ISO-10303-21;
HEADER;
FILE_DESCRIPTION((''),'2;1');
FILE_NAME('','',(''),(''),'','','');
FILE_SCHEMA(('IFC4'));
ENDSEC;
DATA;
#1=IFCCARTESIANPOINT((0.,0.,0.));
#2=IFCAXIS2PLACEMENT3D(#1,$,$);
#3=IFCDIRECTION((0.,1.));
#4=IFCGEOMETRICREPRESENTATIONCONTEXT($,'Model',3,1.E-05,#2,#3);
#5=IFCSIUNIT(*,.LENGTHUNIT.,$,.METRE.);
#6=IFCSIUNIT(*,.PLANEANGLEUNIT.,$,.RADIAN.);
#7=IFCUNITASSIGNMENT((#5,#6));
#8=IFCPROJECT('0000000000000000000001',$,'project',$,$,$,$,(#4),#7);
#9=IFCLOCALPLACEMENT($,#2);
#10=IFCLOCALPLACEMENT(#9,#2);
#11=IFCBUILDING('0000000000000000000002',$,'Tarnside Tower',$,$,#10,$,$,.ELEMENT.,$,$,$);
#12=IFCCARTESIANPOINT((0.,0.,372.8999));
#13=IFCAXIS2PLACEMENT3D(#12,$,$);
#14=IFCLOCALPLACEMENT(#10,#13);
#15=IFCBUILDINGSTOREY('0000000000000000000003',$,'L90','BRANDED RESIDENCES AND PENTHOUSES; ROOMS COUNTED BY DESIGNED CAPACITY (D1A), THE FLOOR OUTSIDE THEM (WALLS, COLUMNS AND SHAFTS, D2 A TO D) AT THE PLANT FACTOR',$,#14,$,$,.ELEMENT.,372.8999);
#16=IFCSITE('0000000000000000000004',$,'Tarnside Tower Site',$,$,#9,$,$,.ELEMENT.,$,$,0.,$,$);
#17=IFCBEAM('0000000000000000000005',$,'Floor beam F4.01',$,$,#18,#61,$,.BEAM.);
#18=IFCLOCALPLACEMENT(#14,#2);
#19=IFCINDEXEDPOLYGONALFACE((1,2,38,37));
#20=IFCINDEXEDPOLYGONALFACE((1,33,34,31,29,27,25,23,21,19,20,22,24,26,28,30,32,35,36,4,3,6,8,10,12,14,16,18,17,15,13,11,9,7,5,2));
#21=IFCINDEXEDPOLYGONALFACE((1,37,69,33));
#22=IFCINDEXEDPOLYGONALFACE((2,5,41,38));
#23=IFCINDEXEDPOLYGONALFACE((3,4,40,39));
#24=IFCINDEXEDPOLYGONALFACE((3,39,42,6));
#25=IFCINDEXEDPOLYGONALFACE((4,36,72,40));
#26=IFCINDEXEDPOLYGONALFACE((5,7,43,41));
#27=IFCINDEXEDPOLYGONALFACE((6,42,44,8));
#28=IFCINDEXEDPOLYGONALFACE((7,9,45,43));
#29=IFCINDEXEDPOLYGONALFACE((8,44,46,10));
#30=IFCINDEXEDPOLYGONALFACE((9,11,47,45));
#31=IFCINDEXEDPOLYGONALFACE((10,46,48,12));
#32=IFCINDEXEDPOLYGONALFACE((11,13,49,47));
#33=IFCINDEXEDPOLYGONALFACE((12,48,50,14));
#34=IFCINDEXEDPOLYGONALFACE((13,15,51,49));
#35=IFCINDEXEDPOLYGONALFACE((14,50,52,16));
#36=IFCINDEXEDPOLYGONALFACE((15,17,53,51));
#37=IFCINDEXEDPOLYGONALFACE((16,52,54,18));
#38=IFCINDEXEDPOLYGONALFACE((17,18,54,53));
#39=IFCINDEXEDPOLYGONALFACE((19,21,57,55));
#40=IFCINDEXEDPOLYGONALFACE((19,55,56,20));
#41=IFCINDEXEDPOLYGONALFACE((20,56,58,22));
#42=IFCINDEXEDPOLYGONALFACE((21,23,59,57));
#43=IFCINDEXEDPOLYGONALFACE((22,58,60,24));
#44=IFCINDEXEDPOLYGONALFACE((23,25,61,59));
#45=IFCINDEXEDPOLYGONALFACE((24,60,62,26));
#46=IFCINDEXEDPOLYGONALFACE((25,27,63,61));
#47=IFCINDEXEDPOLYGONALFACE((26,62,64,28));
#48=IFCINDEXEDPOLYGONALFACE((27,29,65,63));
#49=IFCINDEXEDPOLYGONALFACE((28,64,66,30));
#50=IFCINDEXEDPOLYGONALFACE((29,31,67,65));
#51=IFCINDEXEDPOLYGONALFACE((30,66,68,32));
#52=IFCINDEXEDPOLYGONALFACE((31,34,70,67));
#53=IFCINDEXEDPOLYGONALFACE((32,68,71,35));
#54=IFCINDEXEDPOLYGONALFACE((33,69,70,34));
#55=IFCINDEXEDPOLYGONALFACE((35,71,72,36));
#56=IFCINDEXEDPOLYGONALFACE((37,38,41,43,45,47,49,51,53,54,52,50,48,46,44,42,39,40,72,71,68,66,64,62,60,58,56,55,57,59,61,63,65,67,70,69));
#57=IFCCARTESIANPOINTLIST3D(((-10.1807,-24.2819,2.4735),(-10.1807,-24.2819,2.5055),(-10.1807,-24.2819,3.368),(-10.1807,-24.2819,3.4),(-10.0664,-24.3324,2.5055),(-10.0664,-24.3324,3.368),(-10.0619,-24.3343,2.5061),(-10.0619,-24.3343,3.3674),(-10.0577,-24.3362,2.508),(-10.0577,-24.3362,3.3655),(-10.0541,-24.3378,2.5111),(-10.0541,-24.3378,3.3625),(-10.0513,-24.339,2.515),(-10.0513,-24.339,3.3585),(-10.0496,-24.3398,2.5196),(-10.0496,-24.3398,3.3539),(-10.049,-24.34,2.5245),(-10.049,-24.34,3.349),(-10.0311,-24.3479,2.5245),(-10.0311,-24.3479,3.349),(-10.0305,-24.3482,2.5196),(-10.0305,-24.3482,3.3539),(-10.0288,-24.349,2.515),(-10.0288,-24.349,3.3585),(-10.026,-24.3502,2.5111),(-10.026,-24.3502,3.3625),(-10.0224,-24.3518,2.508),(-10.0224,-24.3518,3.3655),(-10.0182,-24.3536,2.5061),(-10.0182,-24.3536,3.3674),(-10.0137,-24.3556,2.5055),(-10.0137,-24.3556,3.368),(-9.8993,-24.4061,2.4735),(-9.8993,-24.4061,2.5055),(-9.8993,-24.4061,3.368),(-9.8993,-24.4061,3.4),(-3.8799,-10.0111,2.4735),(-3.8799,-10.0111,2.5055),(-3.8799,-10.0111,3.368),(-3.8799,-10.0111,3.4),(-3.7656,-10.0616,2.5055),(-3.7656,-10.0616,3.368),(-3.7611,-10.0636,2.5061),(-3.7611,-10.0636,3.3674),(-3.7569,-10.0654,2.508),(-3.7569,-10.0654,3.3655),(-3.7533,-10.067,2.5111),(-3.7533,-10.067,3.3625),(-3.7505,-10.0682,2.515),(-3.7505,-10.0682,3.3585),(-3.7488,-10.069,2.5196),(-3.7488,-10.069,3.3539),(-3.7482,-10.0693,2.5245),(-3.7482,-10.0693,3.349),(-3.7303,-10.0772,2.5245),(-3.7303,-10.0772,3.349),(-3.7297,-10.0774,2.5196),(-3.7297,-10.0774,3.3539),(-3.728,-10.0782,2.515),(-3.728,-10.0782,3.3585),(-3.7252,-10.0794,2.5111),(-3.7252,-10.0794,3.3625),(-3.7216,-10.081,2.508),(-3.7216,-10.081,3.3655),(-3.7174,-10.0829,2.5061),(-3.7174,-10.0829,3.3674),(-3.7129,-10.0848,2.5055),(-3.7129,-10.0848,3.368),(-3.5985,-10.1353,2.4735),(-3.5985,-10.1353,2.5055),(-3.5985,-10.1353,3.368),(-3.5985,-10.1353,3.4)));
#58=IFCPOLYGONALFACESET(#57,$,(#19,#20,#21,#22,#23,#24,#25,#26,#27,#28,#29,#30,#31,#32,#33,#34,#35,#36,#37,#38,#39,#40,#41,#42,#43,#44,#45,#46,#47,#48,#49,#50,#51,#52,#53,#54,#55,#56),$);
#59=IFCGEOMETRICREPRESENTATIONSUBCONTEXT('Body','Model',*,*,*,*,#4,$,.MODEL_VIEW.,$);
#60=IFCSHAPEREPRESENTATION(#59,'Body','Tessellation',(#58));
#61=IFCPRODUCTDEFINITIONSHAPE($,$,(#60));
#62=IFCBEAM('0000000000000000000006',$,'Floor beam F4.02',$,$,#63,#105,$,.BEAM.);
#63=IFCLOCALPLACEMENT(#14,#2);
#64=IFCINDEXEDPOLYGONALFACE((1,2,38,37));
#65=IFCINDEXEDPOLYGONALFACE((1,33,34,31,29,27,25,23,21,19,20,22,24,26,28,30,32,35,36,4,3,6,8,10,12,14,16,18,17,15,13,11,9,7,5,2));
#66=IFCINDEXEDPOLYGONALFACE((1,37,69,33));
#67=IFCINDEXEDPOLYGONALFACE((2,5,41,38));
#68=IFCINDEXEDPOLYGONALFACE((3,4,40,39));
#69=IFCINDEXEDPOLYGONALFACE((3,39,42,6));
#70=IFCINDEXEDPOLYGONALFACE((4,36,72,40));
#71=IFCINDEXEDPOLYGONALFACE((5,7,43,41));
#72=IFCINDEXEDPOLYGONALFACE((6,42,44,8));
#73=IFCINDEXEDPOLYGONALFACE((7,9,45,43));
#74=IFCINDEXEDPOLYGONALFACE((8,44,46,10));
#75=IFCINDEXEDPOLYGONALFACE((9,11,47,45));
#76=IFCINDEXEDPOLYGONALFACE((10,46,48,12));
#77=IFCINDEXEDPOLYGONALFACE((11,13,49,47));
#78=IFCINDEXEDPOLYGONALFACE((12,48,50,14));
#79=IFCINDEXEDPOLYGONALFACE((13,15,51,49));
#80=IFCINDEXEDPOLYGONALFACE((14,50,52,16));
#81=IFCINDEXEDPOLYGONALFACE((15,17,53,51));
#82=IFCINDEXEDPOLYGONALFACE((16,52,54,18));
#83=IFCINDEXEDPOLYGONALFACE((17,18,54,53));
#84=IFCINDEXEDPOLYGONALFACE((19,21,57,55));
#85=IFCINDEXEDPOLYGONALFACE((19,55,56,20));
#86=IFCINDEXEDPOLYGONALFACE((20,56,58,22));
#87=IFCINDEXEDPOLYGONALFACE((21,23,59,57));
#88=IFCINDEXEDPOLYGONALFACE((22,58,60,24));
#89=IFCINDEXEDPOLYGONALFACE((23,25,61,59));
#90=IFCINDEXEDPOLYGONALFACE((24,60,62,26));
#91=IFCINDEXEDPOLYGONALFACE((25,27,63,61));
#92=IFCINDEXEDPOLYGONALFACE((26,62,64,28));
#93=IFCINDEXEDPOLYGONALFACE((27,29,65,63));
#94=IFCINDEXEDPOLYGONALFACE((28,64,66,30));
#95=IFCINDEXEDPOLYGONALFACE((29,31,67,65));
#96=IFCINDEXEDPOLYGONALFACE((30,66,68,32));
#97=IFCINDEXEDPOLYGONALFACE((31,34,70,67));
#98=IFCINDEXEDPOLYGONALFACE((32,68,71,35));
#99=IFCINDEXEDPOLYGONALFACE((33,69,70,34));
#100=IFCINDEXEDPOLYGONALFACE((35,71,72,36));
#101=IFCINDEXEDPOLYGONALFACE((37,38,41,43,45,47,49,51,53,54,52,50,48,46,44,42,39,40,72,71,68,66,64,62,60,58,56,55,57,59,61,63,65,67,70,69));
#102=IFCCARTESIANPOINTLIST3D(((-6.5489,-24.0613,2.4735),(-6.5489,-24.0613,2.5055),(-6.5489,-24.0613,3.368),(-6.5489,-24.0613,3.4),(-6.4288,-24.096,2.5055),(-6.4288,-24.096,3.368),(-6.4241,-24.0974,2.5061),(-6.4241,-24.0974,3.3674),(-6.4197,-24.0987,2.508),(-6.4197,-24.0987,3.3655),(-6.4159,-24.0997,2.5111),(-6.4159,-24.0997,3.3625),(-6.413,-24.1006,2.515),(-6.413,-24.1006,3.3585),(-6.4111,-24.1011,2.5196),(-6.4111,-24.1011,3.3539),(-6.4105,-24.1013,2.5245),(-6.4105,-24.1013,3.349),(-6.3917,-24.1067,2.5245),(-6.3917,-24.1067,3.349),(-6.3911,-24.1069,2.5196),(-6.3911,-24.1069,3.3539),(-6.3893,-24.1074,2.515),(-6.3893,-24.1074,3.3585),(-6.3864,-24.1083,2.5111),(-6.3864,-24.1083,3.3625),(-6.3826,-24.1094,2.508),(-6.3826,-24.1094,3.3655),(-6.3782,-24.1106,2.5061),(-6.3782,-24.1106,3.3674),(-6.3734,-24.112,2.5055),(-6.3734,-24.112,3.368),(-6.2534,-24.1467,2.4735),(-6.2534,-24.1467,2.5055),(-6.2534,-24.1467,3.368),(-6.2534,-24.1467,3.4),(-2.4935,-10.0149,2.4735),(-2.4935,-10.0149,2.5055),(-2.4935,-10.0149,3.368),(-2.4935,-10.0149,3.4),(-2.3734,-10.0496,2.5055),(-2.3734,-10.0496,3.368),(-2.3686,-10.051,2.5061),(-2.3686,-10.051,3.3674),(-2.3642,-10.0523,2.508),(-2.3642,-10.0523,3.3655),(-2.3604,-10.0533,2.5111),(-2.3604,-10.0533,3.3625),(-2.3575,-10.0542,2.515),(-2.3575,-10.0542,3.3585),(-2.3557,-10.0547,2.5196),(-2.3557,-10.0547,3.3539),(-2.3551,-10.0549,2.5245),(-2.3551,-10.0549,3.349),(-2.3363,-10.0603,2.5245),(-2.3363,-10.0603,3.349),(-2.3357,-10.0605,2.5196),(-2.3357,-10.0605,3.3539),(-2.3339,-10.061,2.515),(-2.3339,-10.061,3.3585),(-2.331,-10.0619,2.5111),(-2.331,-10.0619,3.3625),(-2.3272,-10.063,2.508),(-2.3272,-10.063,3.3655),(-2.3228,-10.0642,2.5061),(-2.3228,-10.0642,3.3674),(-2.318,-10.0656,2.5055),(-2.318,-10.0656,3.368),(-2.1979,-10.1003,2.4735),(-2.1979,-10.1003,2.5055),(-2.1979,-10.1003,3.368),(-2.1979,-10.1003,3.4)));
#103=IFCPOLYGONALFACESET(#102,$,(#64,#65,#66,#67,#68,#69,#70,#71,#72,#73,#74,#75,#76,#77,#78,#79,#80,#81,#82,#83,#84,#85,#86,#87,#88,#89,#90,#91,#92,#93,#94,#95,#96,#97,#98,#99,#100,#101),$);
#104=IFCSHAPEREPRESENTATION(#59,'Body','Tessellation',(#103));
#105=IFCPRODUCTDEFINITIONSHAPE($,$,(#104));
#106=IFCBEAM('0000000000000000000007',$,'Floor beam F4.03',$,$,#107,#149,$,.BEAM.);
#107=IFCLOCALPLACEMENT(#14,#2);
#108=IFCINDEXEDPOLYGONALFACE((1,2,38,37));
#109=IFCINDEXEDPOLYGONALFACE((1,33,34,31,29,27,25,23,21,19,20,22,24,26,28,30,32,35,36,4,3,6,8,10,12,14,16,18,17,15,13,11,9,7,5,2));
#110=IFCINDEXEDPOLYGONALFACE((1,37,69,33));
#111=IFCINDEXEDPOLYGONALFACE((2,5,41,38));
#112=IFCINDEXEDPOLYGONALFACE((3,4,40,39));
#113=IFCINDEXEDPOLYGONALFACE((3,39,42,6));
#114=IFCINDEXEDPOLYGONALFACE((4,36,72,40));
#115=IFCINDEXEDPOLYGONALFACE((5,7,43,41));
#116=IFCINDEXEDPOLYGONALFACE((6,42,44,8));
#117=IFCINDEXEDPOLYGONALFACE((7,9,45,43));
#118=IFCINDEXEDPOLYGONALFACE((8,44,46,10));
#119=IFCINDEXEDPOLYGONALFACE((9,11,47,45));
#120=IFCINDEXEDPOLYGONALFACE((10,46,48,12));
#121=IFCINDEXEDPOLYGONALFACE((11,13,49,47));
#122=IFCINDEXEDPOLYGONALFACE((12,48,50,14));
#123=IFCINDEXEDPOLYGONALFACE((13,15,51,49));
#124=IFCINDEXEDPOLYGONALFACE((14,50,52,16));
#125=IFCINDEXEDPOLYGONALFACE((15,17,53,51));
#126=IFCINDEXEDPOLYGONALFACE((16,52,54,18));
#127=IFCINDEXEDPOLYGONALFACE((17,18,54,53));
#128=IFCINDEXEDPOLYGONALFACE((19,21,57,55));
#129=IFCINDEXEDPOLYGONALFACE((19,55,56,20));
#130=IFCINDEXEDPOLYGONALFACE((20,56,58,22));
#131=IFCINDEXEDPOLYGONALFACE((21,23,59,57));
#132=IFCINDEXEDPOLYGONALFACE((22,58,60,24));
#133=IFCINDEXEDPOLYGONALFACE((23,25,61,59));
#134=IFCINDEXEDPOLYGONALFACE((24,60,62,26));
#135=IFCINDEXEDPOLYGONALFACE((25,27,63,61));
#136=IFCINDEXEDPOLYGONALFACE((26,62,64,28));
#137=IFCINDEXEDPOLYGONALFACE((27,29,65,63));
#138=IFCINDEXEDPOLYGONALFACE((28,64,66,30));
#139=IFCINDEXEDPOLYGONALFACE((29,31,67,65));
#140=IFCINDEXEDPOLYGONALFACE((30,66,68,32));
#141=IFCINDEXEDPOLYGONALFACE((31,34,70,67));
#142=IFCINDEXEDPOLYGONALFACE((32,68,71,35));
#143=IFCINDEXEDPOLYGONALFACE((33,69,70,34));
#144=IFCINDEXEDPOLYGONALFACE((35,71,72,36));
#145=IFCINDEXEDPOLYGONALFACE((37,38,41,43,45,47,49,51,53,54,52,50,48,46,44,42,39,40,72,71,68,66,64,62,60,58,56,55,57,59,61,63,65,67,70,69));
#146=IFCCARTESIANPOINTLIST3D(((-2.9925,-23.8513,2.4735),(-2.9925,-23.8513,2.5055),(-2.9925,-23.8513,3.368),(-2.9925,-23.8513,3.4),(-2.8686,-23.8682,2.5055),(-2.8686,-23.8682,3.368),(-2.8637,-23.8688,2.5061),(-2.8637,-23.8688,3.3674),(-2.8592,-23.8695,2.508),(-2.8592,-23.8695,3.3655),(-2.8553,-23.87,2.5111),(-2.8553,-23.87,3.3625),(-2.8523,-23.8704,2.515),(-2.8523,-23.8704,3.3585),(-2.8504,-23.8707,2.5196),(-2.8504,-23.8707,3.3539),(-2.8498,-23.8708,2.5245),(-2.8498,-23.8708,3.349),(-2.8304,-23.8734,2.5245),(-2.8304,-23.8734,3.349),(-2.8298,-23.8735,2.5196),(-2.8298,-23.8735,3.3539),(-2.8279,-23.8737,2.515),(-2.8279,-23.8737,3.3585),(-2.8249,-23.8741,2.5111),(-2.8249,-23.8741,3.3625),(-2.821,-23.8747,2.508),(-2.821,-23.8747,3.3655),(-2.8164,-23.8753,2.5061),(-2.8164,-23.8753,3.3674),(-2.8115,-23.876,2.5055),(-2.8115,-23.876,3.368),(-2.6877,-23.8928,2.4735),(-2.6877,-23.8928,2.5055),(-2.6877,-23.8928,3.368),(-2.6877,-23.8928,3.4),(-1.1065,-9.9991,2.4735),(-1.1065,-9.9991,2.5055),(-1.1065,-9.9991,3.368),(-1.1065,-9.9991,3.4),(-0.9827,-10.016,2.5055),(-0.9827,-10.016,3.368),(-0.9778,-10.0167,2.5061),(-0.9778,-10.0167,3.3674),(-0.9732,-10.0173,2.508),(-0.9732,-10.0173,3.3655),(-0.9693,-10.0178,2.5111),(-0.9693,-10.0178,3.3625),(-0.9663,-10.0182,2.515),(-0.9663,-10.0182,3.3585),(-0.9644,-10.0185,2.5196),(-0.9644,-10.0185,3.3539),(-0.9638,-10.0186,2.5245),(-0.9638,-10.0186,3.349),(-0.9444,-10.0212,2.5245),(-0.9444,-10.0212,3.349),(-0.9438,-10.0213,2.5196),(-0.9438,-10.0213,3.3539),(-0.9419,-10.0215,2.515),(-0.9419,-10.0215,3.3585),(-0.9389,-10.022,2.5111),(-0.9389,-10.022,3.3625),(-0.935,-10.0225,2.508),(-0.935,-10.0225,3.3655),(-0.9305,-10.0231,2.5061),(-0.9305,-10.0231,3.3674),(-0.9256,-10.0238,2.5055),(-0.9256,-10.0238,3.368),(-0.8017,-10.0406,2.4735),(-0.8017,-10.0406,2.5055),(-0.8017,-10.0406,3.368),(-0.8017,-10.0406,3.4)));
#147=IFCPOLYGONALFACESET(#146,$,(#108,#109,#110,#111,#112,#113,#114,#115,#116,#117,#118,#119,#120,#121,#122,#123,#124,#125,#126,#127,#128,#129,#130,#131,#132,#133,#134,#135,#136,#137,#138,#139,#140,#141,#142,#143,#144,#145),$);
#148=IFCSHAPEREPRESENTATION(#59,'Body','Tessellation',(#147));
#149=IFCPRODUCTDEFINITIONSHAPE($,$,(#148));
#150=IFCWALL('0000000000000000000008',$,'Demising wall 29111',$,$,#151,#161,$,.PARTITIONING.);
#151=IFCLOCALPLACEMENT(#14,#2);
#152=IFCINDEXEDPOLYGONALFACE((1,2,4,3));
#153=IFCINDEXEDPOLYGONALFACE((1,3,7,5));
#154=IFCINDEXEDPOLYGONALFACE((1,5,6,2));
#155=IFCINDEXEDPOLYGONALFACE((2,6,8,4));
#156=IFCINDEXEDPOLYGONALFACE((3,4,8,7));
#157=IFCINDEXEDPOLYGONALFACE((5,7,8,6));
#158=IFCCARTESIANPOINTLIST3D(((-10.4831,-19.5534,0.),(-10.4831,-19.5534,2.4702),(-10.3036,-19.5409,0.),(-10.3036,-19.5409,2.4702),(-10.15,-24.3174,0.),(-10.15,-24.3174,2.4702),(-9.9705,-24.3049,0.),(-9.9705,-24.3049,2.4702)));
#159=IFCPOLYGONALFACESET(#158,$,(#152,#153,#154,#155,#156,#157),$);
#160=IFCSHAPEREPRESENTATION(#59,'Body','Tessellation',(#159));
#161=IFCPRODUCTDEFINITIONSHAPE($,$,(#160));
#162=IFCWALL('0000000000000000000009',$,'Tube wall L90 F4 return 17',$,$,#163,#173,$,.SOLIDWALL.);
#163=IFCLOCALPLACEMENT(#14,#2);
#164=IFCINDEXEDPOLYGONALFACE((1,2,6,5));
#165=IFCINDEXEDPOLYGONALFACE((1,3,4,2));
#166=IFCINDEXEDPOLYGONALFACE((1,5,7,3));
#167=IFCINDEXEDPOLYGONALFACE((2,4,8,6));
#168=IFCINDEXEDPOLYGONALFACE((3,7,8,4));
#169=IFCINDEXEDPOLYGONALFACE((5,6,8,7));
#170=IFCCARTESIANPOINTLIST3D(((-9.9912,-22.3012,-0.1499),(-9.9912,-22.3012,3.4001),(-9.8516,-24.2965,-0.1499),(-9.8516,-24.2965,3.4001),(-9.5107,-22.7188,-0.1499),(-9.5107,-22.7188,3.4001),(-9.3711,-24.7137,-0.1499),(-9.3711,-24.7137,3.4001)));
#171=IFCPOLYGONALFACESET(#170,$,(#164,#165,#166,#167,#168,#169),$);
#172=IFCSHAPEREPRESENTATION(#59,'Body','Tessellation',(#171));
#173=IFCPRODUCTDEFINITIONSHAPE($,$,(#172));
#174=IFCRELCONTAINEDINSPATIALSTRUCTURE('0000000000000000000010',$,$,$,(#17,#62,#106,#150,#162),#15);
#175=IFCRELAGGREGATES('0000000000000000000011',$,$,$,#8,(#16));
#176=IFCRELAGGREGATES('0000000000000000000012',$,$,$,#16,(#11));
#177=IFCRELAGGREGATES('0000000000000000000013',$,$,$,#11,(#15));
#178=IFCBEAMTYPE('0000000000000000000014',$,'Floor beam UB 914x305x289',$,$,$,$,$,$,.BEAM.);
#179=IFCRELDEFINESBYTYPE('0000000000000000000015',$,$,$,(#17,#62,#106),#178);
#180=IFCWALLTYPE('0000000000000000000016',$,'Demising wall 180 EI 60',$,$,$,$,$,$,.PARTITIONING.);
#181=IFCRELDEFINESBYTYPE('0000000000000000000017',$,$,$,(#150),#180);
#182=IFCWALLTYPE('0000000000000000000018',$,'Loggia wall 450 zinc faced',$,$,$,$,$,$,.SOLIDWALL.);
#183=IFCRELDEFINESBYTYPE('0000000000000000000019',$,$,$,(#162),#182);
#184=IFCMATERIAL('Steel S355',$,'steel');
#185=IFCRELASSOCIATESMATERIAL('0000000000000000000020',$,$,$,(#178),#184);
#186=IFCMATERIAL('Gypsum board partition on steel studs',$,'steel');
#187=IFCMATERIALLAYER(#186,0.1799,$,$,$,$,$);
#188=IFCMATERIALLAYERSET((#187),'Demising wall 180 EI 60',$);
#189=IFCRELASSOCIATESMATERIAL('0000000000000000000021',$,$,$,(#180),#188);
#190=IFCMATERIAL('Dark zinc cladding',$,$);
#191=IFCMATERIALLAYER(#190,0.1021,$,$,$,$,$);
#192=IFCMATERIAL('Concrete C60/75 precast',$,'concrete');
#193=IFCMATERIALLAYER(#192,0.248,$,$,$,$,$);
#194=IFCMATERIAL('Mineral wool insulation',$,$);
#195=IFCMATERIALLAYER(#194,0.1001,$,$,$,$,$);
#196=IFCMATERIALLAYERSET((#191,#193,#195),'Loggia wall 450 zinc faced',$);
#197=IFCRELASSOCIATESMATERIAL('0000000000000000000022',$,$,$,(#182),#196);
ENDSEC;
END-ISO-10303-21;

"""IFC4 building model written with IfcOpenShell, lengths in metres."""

from ifc_helpers import new_model, si_unit, direction, frame, frame_2d, origin, origin_2d, place, context, subcontext, project, spatial, polyline, rectangle, i_section, outline, extrude, material, layer, layer_set, material_profile, profile_set, type_object, element, save


model = new_model("IFC4")

# Units and contexts
model_context = context("Model", 3, precision=1e-05, world=origin(), true_north=direction((0.0, 1.0)))
body_context = subcontext(model_context, "Body", "Model", "MODEL_VIEW")
ifc_project = project(units=[si_unit("LENGTHUNIT", "METRE"), si_unit("PLANEANGLEUNIT", "RADIAN")], contexts=[model_context])

# Site, building, storey
site_placement = place(None, origin())
site = spatial("IfcSite", under=ifc_project, at=site_placement, Name="Tarnside Tower Site", CompositionType="ELEMENT", RefElevation=0.0)
building_placement = place(site_placement, origin())
building = spatial("IfcBuilding", under=site, at=building_placement, Name="Tarnside Tower", CompositionType="ELEMENT")
storey_placement = place(building_placement, frame((0.0, 0.0, 372.8999)))
storey = spatial("IfcBuildingStorey", under=building, at=storey_placement, Name="L90", Description="BRANDED RESIDENCES AND PENTHOUSES; ROOMS COUNTED BY DESIGNED CAPACITY (D1A), THE FLOOR OUTSIDE THEM (WALLS, COLUMNS AND SHAFTS, D2 A TO D) AT THE PLANT FACTOR", CompositionType="ELEMENT", Elevation=372.8999)

# Beams
ifc_material_1 = material(Name="Steel S355", Category="steel")
ifc_material_profile = material_profile(ifc_material_1, i_section(OverallWidth=0.3076, OverallDepth=0.9265, WebThickness=0.0195, FlangeThickness=0.032, FilletRadius=0.019, at=origin_2d()), Name="UB 914x305x289")
ifc_profile_set = profile_set([ifc_material_profile], Name="Steel S355")
beam_type = type_object("IfcBeamType", Name="Floor beam UB 914x305x289", PredefinedType="BEAM", material=ifc_profile_set)
beam_1_placement = place(storey_placement, frame((-10.04, -24.344, 2.9368), z_axis=(0.403901, 0.914803, 0.0), x_axis=(-0.914803, 0.403901, 0.0)))
element("IfcBeam", 1, at=beam_1_placement, inside=storey, type_object=beam_type, Name="Floor beam F4.01", PredefinedType="BEAM", context=body_context, shape_type="SweptSolid", body=[
    extrude(i_section(OverallWidth=0.3076, OverallDepth=0.9265, WebThickness=0.0195, FlangeThickness=0.032, FilletRadius=0.019, at=origin_2d()), origin(), (0.0, 0.0, 1.0), 15.5999),
])
beam_2_placement = place(storey_placement, frame((-6.4011, -24.104, 2.9368), z_axis=(0.277387, 0.960758, 0.0), x_axis=(-0.960758, 0.277387, 0.0)))
element("IfcBeam", 2, at=beam_2_placement, inside=storey, type_object=beam_type, Name="Floor beam F4.02", PredefinedType="BEAM", context=body_context, shape_type="SweptSolid", body=[
    extrude(i_section(OverallWidth=0.3076, OverallDepth=0.9265, WebThickness=0.0195, FlangeThickness=0.032, FilletRadius=0.019, at=origin_2d()), origin(), (0.0, 0.0, 1.0), 14.6201),
])
beam_3_placement = place(storey_placement, frame((-2.8401, -23.8721, 2.9368), z_axis=(0.134905, 0.990859, 0.0), x_axis=(-0.990859, 0.134905, 0.0)))
element("IfcBeam", 3, at=beam_3_placement, inside=storey, type_object=beam_type, Name="Floor beam F4.03", PredefinedType="BEAM", context=body_context, shape_type="SweptSolid", body=[
    extrude(i_section(OverallWidth=0.3076, OverallDepth=0.9265, WebThickness=0.0195, FlangeThickness=0.032, FilletRadius=0.019, at=origin_2d()), origin(), (0.0, 0.0, 1.0), 13.98),
])

# Walls
ifc_material_2 = material(Name="Gypsum board partition on steel studs", Category="steel")
ifc_layer_1 = layer(ifc_material_2, 0.1799)
ifc_layer_set_1 = layer_set([ifc_layer_1], Name="Demising wall 180 EI 60")
wall_type_1 = type_object("IfcWallType", Name="Demising wall 180 EI 60", PredefinedType="PARTITIONING", material=ifc_layer_set_1)
wall_1_placement = place(storey_placement, frame((-10.0603, -24.311, 0.0), z_axis=(0.0, 0.0, 1.0), x_axis=(-0.069732, 0.997566, 0.0)))
element("IfcWall", 4, at=wall_1_placement, inside=storey, type_object=wall_type_1, Name="Demising wall 29111", PredefinedType="PARTITIONING", context=body_context, shape_type="SweptSolid", body=[
    extrude(rectangle(XDim=4.7756, YDim=0.1799, at=frame_2d((2.3877, 0.0))), origin(), (0.0, 0.0, 1.0), 2.4702),
])
ifc_material_3 = material(Name="Dark zinc cladding")
ifc_layer_2 = layer(ifc_material_3, 0.1021)
ifc_material_4 = material(Name="Concrete C60/75 precast", Category="concrete")
ifc_layer_3 = layer(ifc_material_4, 0.248)
ifc_material_5 = material(Name="Mineral wool insulation")
ifc_layer_4 = layer(ifc_material_5, 0.1001)
ifc_layer_set_2 = layer_set([ifc_layer_2, ifc_layer_3, ifc_layer_4], Name="Loggia wall 450 zinc faced")
wall_type_2 = type_object("IfcWallType", Name="Loggia wall 450 zinc faced", PredefinedType="SOLIDWALL", material=ifc_layer_set_2)
wall_2_placement = place(storey_placement, frame((-9.6113, -24.5051, -0.1499), z_axis=(0.0, 0.0, 1.0), x_axis=(-0.069824, 0.997559, 0.0)))
element("IfcWall", 5, at=wall_2_placement, inside=storey, type_object=wall_type_2, Name="Tube wall L90 F4 return 17", PredefinedType="SOLIDWALL", context=body_context, shape_type="SweptSolid", body=[
    extrude(outline(polyline([(-0.2249, -0.2251), (1.7749, -0.2251), (2.2251, 0.2251), (0.2249, 0.2251), (-0.2249, -0.2251)])), origin(), (0.0, 0.0, 1.0), 3.55),
])

save(model, "model.ifc")
